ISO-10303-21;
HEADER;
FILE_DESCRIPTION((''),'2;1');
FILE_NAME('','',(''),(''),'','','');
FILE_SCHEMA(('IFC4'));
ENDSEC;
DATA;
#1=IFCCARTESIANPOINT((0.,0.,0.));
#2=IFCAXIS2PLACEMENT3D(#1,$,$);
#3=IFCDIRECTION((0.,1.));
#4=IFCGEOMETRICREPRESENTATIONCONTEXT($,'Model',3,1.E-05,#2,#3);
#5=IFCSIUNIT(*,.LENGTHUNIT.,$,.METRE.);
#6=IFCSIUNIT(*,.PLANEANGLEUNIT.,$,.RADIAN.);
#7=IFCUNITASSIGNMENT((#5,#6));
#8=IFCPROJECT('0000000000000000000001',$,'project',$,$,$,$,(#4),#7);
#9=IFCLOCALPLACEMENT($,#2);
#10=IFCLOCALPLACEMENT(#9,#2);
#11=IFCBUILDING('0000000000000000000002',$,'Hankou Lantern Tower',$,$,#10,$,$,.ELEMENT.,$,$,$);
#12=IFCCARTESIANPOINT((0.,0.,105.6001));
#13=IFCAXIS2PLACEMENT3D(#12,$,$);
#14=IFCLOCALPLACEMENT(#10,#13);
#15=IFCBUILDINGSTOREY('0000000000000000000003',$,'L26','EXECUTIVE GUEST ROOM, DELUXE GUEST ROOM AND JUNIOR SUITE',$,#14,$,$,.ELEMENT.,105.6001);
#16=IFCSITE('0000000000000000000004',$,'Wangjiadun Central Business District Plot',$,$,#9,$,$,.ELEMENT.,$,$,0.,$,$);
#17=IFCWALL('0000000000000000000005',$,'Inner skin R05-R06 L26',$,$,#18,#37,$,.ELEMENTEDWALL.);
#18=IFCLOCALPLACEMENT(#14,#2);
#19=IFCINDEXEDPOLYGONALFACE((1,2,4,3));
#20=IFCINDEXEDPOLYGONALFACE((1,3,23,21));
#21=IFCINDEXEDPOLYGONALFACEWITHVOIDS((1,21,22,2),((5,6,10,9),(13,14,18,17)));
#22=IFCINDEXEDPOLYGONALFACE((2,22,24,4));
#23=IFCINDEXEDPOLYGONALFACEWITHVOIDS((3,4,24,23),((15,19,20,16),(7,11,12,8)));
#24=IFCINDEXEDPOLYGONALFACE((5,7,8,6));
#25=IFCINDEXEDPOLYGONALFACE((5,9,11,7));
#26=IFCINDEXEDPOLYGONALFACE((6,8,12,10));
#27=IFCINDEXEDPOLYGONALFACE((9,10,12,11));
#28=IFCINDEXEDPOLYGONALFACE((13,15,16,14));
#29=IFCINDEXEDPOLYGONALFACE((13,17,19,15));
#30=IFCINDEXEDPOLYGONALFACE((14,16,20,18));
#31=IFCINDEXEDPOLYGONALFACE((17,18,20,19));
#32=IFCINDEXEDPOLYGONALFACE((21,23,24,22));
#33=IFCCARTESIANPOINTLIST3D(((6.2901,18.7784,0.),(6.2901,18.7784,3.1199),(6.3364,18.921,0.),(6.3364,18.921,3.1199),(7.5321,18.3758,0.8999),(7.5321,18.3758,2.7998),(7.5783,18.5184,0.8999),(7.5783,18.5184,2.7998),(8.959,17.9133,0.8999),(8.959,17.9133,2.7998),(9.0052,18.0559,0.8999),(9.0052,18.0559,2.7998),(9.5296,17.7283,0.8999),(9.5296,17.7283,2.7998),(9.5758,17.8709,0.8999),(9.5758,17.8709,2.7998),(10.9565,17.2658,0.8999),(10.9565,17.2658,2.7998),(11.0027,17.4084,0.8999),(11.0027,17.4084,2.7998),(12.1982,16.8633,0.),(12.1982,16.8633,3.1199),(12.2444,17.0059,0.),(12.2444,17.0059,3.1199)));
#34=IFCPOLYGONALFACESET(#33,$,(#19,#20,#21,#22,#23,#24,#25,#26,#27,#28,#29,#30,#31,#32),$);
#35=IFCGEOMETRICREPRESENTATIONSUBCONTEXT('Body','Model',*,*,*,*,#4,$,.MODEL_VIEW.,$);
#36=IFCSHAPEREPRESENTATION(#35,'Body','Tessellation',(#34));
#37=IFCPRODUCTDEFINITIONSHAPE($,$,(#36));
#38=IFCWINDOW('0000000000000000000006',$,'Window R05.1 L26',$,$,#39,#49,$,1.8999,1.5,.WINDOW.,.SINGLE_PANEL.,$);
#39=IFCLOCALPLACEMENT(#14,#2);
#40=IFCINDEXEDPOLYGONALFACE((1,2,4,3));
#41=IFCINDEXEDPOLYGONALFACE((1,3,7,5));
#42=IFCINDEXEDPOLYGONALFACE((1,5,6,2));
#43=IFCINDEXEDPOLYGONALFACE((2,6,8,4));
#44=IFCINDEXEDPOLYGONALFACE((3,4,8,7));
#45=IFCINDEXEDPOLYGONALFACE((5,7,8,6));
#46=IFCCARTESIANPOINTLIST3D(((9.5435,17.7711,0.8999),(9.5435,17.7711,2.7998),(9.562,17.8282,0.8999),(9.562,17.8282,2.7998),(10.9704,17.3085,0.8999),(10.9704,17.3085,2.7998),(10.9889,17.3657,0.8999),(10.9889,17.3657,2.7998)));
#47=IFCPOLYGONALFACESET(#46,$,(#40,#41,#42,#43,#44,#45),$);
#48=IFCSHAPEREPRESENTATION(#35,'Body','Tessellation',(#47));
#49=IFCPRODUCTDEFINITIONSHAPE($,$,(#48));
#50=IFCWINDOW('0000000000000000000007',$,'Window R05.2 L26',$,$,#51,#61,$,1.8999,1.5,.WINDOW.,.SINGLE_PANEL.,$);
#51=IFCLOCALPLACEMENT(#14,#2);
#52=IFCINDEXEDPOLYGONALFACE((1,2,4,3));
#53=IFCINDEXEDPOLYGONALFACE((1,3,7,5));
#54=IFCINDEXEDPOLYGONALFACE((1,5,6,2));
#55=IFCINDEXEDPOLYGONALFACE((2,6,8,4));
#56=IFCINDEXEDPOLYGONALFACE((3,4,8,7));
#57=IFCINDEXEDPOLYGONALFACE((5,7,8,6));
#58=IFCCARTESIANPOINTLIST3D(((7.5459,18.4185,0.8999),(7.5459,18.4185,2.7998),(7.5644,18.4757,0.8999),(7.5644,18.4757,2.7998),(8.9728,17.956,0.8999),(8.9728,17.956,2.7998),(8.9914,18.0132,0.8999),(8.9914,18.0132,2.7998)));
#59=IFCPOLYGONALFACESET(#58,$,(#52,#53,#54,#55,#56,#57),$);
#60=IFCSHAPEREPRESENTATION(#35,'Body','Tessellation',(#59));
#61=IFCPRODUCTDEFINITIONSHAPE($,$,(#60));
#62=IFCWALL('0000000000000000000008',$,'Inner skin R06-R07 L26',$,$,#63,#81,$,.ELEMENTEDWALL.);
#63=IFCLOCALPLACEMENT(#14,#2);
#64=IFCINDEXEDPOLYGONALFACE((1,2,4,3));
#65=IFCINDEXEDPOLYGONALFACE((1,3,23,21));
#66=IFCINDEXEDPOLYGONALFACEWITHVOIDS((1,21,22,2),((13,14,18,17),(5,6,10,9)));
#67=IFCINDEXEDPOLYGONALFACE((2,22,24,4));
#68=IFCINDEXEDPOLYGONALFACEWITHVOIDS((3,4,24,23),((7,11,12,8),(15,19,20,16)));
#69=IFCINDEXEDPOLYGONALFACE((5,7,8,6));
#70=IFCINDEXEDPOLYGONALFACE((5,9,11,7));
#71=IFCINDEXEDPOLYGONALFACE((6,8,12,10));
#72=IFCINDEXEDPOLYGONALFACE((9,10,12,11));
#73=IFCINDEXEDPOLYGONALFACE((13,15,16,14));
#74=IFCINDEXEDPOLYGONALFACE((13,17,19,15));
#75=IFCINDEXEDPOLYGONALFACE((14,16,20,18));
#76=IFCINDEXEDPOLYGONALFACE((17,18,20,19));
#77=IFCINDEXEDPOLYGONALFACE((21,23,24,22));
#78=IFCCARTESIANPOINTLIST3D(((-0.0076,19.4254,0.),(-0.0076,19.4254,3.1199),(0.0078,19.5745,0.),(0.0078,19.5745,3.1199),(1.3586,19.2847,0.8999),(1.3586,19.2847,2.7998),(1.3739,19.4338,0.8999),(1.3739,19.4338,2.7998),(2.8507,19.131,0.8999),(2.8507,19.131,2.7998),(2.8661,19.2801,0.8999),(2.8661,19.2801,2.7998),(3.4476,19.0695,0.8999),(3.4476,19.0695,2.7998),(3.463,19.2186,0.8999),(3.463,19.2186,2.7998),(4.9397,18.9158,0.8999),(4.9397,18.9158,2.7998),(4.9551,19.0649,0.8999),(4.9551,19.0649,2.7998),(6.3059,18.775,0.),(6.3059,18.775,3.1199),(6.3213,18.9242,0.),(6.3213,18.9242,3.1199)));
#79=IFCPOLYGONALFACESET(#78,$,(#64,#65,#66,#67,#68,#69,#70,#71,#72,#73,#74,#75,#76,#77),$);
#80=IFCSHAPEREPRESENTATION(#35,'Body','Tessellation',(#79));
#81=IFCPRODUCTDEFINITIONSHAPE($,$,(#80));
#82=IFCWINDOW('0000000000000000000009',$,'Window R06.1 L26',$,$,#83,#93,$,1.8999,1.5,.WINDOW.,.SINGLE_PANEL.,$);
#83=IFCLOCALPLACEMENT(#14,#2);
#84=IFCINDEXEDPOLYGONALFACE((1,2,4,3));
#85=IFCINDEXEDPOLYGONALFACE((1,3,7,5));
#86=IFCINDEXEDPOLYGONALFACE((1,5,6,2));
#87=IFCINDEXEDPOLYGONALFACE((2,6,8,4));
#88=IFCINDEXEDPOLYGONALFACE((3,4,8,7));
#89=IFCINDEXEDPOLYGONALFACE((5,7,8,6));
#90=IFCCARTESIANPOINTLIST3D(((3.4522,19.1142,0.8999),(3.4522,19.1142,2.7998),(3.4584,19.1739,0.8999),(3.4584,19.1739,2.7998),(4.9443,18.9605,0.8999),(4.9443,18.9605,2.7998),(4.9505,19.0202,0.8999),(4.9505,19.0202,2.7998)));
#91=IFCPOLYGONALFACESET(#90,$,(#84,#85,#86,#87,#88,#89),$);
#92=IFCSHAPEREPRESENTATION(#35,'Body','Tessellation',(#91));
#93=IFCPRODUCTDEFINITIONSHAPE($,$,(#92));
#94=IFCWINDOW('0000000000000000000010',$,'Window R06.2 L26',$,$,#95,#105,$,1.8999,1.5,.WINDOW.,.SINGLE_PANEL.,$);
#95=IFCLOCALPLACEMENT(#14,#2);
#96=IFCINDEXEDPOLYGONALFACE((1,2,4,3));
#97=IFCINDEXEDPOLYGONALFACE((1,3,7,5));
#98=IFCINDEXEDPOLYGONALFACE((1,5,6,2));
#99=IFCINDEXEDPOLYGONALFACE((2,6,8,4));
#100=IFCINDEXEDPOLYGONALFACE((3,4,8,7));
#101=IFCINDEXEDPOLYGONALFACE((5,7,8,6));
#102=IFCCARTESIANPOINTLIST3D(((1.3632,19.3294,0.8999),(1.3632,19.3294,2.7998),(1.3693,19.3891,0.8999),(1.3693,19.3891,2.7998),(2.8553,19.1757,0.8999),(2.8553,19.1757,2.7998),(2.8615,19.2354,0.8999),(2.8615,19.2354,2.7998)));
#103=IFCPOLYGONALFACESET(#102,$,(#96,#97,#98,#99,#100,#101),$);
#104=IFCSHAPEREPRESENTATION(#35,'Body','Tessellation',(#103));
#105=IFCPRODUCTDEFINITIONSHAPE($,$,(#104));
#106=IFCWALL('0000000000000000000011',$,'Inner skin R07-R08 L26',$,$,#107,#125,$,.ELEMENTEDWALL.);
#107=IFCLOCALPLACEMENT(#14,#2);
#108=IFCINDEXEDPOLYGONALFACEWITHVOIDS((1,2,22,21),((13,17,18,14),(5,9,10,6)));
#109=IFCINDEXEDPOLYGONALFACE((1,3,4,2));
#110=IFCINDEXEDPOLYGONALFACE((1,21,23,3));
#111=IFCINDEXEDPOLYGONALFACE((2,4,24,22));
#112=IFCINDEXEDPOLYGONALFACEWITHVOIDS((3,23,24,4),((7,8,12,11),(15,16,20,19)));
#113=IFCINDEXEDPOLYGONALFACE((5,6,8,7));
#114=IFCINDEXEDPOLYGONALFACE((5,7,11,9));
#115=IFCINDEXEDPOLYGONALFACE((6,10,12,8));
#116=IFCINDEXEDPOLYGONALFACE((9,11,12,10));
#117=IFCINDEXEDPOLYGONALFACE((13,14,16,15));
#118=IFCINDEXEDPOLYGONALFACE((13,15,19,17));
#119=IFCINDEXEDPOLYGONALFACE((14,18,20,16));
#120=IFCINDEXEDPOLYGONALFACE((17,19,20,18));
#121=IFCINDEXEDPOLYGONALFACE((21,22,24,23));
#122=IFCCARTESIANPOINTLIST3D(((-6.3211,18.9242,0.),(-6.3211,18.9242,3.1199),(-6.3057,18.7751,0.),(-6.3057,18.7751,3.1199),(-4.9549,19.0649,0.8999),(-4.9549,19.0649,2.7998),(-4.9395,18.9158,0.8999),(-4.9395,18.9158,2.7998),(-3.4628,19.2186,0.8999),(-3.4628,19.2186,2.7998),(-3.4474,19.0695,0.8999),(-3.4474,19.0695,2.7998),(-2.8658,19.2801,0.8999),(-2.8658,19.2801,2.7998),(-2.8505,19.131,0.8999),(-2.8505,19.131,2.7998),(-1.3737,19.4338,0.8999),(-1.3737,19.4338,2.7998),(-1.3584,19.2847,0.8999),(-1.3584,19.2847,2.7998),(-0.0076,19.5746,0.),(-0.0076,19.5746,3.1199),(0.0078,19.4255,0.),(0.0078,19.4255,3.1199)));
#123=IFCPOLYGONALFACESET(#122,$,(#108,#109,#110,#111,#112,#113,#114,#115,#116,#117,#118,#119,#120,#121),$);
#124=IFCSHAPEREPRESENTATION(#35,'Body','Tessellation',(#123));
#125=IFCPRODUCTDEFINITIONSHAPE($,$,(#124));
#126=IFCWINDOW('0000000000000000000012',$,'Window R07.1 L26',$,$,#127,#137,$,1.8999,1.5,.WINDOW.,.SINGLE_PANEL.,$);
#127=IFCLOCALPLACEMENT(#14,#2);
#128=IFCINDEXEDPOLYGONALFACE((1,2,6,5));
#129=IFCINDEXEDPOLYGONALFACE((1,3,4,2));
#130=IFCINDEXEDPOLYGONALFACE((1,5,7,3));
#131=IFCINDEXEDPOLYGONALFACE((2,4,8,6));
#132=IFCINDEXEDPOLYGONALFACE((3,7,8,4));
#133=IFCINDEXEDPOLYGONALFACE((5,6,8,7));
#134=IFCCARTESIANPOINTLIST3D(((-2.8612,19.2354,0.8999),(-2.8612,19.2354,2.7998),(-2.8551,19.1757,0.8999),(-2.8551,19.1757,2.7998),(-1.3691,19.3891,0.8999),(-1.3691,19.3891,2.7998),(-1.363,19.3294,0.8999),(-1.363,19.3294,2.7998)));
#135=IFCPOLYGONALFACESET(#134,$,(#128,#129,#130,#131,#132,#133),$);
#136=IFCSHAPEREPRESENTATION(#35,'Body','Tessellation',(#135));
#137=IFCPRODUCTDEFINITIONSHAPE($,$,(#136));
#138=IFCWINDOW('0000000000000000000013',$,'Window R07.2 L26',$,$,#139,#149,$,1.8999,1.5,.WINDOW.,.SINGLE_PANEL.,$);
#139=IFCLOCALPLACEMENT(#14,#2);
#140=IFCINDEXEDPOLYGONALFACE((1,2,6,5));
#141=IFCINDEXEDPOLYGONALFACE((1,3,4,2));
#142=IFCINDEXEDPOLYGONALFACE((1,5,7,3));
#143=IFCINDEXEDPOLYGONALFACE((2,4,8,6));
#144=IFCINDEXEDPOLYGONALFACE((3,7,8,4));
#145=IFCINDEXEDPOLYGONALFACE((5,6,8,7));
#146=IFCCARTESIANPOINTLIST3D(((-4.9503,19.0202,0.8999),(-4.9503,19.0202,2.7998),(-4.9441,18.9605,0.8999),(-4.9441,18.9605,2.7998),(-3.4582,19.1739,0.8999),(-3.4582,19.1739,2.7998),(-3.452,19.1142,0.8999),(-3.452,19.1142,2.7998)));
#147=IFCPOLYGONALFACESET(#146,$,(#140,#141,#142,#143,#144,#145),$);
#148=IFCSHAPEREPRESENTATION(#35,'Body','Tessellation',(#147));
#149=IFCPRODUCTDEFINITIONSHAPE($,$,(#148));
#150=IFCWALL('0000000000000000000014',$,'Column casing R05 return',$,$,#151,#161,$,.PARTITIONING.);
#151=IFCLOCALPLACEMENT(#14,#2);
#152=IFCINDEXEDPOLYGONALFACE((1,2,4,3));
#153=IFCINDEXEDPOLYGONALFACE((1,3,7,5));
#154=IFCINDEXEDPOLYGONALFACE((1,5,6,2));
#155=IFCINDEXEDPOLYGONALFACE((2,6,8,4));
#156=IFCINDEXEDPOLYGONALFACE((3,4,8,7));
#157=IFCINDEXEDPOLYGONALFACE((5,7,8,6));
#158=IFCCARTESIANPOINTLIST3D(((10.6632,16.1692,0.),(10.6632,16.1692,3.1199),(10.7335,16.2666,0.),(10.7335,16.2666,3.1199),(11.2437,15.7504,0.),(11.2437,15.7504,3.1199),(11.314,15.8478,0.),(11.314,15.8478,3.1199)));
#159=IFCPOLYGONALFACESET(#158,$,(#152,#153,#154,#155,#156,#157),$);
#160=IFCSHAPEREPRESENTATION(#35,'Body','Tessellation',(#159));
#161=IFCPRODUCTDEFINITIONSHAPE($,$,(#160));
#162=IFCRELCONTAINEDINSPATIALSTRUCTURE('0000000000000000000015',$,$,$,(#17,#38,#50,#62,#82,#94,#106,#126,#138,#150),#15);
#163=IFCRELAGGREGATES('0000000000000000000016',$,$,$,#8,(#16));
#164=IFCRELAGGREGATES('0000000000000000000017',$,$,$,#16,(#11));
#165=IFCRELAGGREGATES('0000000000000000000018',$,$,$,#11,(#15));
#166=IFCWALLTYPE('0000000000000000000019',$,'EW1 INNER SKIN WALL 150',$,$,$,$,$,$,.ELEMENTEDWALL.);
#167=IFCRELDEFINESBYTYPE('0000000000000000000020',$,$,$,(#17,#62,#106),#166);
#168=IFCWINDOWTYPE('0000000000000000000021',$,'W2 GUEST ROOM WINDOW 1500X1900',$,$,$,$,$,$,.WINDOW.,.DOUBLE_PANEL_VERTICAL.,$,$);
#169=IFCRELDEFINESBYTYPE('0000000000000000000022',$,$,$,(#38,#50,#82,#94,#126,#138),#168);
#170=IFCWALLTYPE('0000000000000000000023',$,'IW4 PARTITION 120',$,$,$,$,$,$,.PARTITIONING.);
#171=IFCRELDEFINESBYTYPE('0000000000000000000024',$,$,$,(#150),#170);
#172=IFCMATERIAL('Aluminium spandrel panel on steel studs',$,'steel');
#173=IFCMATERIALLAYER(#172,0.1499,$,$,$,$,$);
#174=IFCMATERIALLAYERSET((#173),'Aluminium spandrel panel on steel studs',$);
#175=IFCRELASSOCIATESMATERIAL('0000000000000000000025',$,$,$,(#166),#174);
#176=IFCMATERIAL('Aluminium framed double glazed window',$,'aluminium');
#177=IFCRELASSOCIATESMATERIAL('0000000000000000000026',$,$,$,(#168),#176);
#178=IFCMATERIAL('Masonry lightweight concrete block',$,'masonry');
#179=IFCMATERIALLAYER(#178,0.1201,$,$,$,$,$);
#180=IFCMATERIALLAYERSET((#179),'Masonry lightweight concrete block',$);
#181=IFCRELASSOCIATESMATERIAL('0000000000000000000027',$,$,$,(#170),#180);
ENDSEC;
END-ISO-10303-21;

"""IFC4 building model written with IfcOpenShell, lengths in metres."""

from ifc_helpers import new_model, si_unit, direction, frame, frame_2d, origin, place, context, subcontext, project, spatial, rectangle, extrude, material, layer, layer_set, type_object, element, fill, save


model = new_model("IFC4")

# Units and contexts
model_context = context("Model", 3, precision=1e-05, world=origin(), true_north=direction((0.0, 1.0)))
body_context = subcontext(model_context, "Body", "Model", "MODEL_VIEW")
ifc_project = project(units=[si_unit("LENGTHUNIT", "METRE"), si_unit("PLANEANGLEUNIT", "RADIAN")], contexts=[model_context])

# Site, building, storey
site_placement = place(None, origin())
site = spatial("IfcSite", under=ifc_project, at=site_placement, Name="Wangjiadun Central Business District Plot", CompositionType="ELEMENT", RefElevation=0.0)
building_placement = place(site_placement, origin())
building = spatial("IfcBuilding", under=site, at=building_placement, Name="Hankou Lantern Tower", CompositionType="ELEMENT")
storey_placement = place(building_placement, frame((0.0, 0.0, 105.6001)))
storey = spatial("IfcBuildingStorey", under=building, at=storey_placement, Name="L26", Description="EXECUTIVE GUEST ROOM, DELUXE GUEST ROOM AND JUNIOR SUITE", CompositionType="ELEMENT", Elevation=105.6001)

# Walls, openings, windows
ifc_material_1 = material(Name="Aluminium spandrel panel on steel studs", Category="steel")
ifc_layer_1 = layer(ifc_material_1, 0.1499)
ifc_layer_set_1 = layer_set([ifc_layer_1], Name="Aluminium spandrel panel on steel studs")
wall_type_1 = type_object("IfcWallType", Name="EW1 INNER SKIN WALL 150", PredefinedType="ELEMENTEDWALL", material=ifc_layer_set_1)
wall_1_placement = place(storey_placement, frame((12.2214, 16.9346, 0.0), z_axis=(0.0, 0.0, 1.0), x_axis=(-0.951273, 0.308351, 0.0)))
wall_1 = element("IfcWall", 1, at=wall_1_placement, inside=storey, type_object=wall_type_1, Name="Inner skin R05-R06 L26", PredefinedType="ELEMENTEDWALL", context=body_context, shape_type="SweptSolid", body=[
    extrude(rectangle(XDim=6.2107, YDim=0.1499, at=frame_2d((3.1055, 0.0))), origin(), (0.0, 0.0, 1.0), 3.1199),
])
opening_1_placement = place(wall_1_placement, frame((1.3054, 0.0, 0.8999)))
opening_1 = element("IfcOpeningElement", 2, at=opening_1_placement, cuts=wall_1, PredefinedType="OPENING", context=body_context, shape_type="SweptSolid", body=[
    extrude(rectangle(XDim=1.5, YDim=1.8999, at=frame_2d((0.75, 0.95))), frame((0.0, 0.085, 0.0), z_axis=(0.0, -1.0, 0.0), x_axis=(1.0, 0.0, 0.0)), (0.0, 0.0, 1.0), 0.1699),
])
opening_2_placement = place(wall_1_placement, frame((3.4053, 0.0, 0.8999)))
opening_2 = element("IfcOpeningElement", 3, at=opening_2_placement, cuts=wall_1, PredefinedType="OPENING", context=body_context, shape_type="SweptSolid", body=[
    extrude(rectangle(XDim=1.5, YDim=1.8999, at=frame_2d((0.75, 0.95))), frame((0.0, 0.085, 0.0), z_axis=(0.0, -1.0, 0.0), x_axis=(1.0, 0.0, 0.0)), (0.0, 0.0, 1.0), 0.1699),
])
ifc_material_2 = material(Name="Aluminium framed double glazed window", Category="aluminium")
window_type = type_object("IfcWindowType", Name="W2 GUEST ROOM WINDOW 1500X1900", PartitioningType="DOUBLE_PANEL_VERTICAL", PredefinedType="WINDOW", material=ifc_material_2)
window_1_placement = place(opening_1_placement, origin())
window_1 = element("IfcWindow", 4, at=window_1_placement, inside=storey, type_object=window_type, Name="Window R05.1 L26", OverallHeight=1.8999, OverallWidth=1.5, PartitioningType="SINGLE_PANEL", PredefinedType="WINDOW", context=body_context, shape_type="SweptSolid", body=[
    extrude(rectangle(XDim=1.5, YDim=1.8999, at=frame_2d((0.75, 0.95))), frame((0.0, 0.03, 0.0), z_axis=(0.0, -1.0, 0.0), x_axis=(1.0, 0.0, 0.0)), (0.0, 0.0, 1.0), 0.0601),
])
fill(opening_1, window_1)
window_2_placement = place(opening_2_placement, origin())
window_2 = element("IfcWindow", 5, at=window_2_placement, inside=storey, type_object=window_type, Name="Window R05.2 L26", OverallHeight=1.8999, OverallWidth=1.5, PartitioningType="SINGLE_PANEL", PredefinedType="WINDOW", context=body_context, shape_type="SweptSolid", body=[
    extrude(rectangle(XDim=1.5, YDim=1.8999, at=frame_2d((0.75, 0.95))), frame((0.0, 0.03, 0.0), z_axis=(0.0, -1.0, 0.0), x_axis=(1.0, 0.0, 0.0)), (0.0, 0.0, 1.0), 0.0601),
])
fill(opening_2, window_2)
wall_2_placement = place(storey_placement, frame((6.3135, 18.8496, 0.0), z_axis=(0.0, 0.0, 1.0), x_axis=(-0.994736, 0.102474, 0.0)))
wall_2 = element("IfcWall", 6, at=wall_2_placement, inside=storey, type_object=wall_type_1, Name="Inner skin R06-R07 L26", PredefinedType="ELEMENTEDWALL", context=body_context, shape_type="SweptSolid", body=[
    extrude(rectangle(XDim=6.3469, YDim=0.1499, at=frame_2d((3.1733, 0.0))), origin(), (0.0, 0.0, 1.0), 3.1199),
])
opening_3_placement = place(wall_2_placement, frame((1.3733, 0.0, 0.8999)))
opening_3 = element("IfcOpeningElement", 7, at=opening_3_placement, cuts=wall_2, PredefinedType="OPENING", context=body_context, shape_type="SweptSolid", body=[
    extrude(rectangle(XDim=1.5, YDim=1.8999, at=frame_2d((0.75, 0.95))), frame((0.0, 0.085, 0.0), z_axis=(0.0, -1.0, 0.0), x_axis=(1.0, 0.0, 0.0)), (0.0, 0.0, 1.0), 0.1699),
])
opening_4_placement = place(wall_2_placement, frame((3.4734, 0.0, 0.8999)))
opening_4 = element("IfcOpeningElement", 8, at=opening_4_placement, cuts=wall_2, PredefinedType="OPENING", context=body_context, shape_type="SweptSolid", body=[
    extrude(rectangle(XDim=1.5, YDim=1.8999, at=frame_2d((0.75, 0.95))), frame((0.0, 0.085, 0.0), z_axis=(0.0, -1.0, 0.0), x_axis=(1.0, 0.0, 0.0)), (0.0, 0.0, 1.0), 0.1699),
])
window_3_placement = place(opening_3_placement, origin())
window_3 = element("IfcWindow", 9, at=window_3_placement, inside=storey, type_object=window_type, Name="Window R06.1 L26", OverallHeight=1.8999, OverallWidth=1.5, PartitioningType="SINGLE_PANEL", PredefinedType="WINDOW", context=body_context, shape_type="SweptSolid", body=[
    extrude(rectangle(XDim=1.5, YDim=1.8999, at=frame_2d((0.75, 0.95))), frame((0.0, 0.03, 0.0), z_axis=(0.0, -1.0, 0.0), x_axis=(1.0, 0.0, 0.0)), (0.0, 0.0, 1.0), 0.0601),
])
fill(opening_3, window_3)
window_4_placement = place(opening_4_placement, origin())
window_4 = element("IfcWindow", 10, at=window_4_placement, inside=storey, type_object=window_type, Name="Window R06.2 L26", OverallHeight=1.8999, OverallWidth=1.5, PartitioningType="SINGLE_PANEL", PredefinedType="WINDOW", context=body_context, shape_type="SweptSolid", body=[
    extrude(rectangle(XDim=1.5, YDim=1.8999, at=frame_2d((0.75, 0.95))), frame((0.0, 0.03, 0.0), z_axis=(0.0, -1.0, 0.0), x_axis=(1.0, 0.0, 0.0)), (0.0, 0.0, 1.0), 0.0601),
])
fill(opening_4, window_4)
wall_3_placement = place(storey_placement, frame((0.0, 19.5, 0.0), z_axis=(0.0, 0.0, 1.0), x_axis=(-0.994736, -0.102474, 0.0)))
wall_3 = element("IfcWall", 11, at=wall_3_placement, inside=storey, type_object=wall_type_1, Name="Inner skin R07-R08 L26", PredefinedType="ELEMENTEDWALL", context=body_context, shape_type="SweptSolid", body=[
    extrude(rectangle(XDim=6.3469, YDim=0.1499, at=frame_2d((3.1733, 0.0))), origin(), (0.0, 0.0, 1.0), 3.1199),
])
opening_5_placement = place(wall_3_placement, frame((1.3733, 0.0, 0.8999)))
opening_5 = element("IfcOpeningElement", 12, at=opening_5_placement, cuts=wall_3, PredefinedType="OPENING", context=body_context, shape_type="SweptSolid", body=[
    extrude(rectangle(XDim=1.5, YDim=1.8999, at=frame_2d((0.75, 0.95))), frame((0.0, 0.085, 0.0), z_axis=(0.0, -1.0, 0.0), x_axis=(1.0, 0.0, 0.0)), (0.0, 0.0, 1.0), 0.1699),
])
opening_6_placement = place(wall_3_placement, frame((3.4734, 0.0, 0.8999)))
opening_6 = element("IfcOpeningElement", 13, at=opening_6_placement, cuts=wall_3, PredefinedType="OPENING", context=body_context, shape_type="SweptSolid", body=[
    extrude(rectangle(XDim=1.5, YDim=1.8999, at=frame_2d((0.75, 0.95))), frame((0.0, 0.085, 0.0), z_axis=(0.0, -1.0, 0.0), x_axis=(1.0, 0.0, 0.0)), (0.0, 0.0, 1.0), 0.1699),
])
window_5_placement = place(opening_5_placement, origin())
window_5 = element("IfcWindow", 14, at=window_5_placement, inside=storey, type_object=window_type, Name="Window R07.1 L26", OverallHeight=1.8999, OverallWidth=1.5, PartitioningType="SINGLE_PANEL", PredefinedType="WINDOW", context=body_context, shape_type="SweptSolid", body=[
    extrude(rectangle(XDim=1.5, YDim=1.8999, at=frame_2d((0.75, 0.95))), frame((0.0, 0.03, 0.0), z_axis=(0.0, -1.0, 0.0), x_axis=(1.0, 0.0, 0.0)), (0.0, 0.0, 1.0), 0.0601),
])
fill(opening_5, window_5)
window_6_placement = place(opening_6_placement, origin())
window_6 = element("IfcWindow", 15, at=window_6_placement, inside=storey, type_object=window_type, Name="Window R07.2 L26", OverallHeight=1.8999, OverallWidth=1.5, PartitioningType="SINGLE_PANEL", PredefinedType="WINDOW", context=body_context, shape_type="SweptSolid", body=[
    extrude(rectangle(XDim=1.5, YDim=1.8999, at=frame_2d((0.75, 0.95))), frame((0.0, 0.03, 0.0), z_axis=(0.0, -1.0, 0.0), x_axis=(1.0, 0.0, 0.0)), (0.0, 0.0, 1.0), 0.0601),
])
fill(opening_6, window_6)

# Wall
ifc_material_3 = material(Name="Masonry lightweight concrete block", Category="masonry")
ifc_layer_2 = layer(ifc_material_3, 0.1201)
ifc_layer_set_2 = layer_set([ifc_layer_2], Name="Masonry lightweight concrete block")
wall_type_2 = type_object("IfcWallType", Name="IW4 PARTITION 120", PredefinedType="PARTITIONING", material=ifc_layer_set_2)
wall_4_placement = place(storey_placement, frame((11.2788, 15.7991, 0.0), z_axis=(0.0, 0.0, 1.0), x_axis=(-0.810913, 0.585167, 0.0)))
element("IfcWall", 16, at=wall_4_placement, inside=storey, type_object=wall_type_2, Name="Column casing R05 return", PredefinedType="PARTITIONING", context=body_context, shape_type="SweptSolid", body=[
    extrude(rectangle(XDim=0.7158, YDim=0.1201, at=frame_2d((0.3579, 0.0))), origin(), (0.0, 0.0, 1.0), 3.1199),
])

save(model, "model.ifc")
